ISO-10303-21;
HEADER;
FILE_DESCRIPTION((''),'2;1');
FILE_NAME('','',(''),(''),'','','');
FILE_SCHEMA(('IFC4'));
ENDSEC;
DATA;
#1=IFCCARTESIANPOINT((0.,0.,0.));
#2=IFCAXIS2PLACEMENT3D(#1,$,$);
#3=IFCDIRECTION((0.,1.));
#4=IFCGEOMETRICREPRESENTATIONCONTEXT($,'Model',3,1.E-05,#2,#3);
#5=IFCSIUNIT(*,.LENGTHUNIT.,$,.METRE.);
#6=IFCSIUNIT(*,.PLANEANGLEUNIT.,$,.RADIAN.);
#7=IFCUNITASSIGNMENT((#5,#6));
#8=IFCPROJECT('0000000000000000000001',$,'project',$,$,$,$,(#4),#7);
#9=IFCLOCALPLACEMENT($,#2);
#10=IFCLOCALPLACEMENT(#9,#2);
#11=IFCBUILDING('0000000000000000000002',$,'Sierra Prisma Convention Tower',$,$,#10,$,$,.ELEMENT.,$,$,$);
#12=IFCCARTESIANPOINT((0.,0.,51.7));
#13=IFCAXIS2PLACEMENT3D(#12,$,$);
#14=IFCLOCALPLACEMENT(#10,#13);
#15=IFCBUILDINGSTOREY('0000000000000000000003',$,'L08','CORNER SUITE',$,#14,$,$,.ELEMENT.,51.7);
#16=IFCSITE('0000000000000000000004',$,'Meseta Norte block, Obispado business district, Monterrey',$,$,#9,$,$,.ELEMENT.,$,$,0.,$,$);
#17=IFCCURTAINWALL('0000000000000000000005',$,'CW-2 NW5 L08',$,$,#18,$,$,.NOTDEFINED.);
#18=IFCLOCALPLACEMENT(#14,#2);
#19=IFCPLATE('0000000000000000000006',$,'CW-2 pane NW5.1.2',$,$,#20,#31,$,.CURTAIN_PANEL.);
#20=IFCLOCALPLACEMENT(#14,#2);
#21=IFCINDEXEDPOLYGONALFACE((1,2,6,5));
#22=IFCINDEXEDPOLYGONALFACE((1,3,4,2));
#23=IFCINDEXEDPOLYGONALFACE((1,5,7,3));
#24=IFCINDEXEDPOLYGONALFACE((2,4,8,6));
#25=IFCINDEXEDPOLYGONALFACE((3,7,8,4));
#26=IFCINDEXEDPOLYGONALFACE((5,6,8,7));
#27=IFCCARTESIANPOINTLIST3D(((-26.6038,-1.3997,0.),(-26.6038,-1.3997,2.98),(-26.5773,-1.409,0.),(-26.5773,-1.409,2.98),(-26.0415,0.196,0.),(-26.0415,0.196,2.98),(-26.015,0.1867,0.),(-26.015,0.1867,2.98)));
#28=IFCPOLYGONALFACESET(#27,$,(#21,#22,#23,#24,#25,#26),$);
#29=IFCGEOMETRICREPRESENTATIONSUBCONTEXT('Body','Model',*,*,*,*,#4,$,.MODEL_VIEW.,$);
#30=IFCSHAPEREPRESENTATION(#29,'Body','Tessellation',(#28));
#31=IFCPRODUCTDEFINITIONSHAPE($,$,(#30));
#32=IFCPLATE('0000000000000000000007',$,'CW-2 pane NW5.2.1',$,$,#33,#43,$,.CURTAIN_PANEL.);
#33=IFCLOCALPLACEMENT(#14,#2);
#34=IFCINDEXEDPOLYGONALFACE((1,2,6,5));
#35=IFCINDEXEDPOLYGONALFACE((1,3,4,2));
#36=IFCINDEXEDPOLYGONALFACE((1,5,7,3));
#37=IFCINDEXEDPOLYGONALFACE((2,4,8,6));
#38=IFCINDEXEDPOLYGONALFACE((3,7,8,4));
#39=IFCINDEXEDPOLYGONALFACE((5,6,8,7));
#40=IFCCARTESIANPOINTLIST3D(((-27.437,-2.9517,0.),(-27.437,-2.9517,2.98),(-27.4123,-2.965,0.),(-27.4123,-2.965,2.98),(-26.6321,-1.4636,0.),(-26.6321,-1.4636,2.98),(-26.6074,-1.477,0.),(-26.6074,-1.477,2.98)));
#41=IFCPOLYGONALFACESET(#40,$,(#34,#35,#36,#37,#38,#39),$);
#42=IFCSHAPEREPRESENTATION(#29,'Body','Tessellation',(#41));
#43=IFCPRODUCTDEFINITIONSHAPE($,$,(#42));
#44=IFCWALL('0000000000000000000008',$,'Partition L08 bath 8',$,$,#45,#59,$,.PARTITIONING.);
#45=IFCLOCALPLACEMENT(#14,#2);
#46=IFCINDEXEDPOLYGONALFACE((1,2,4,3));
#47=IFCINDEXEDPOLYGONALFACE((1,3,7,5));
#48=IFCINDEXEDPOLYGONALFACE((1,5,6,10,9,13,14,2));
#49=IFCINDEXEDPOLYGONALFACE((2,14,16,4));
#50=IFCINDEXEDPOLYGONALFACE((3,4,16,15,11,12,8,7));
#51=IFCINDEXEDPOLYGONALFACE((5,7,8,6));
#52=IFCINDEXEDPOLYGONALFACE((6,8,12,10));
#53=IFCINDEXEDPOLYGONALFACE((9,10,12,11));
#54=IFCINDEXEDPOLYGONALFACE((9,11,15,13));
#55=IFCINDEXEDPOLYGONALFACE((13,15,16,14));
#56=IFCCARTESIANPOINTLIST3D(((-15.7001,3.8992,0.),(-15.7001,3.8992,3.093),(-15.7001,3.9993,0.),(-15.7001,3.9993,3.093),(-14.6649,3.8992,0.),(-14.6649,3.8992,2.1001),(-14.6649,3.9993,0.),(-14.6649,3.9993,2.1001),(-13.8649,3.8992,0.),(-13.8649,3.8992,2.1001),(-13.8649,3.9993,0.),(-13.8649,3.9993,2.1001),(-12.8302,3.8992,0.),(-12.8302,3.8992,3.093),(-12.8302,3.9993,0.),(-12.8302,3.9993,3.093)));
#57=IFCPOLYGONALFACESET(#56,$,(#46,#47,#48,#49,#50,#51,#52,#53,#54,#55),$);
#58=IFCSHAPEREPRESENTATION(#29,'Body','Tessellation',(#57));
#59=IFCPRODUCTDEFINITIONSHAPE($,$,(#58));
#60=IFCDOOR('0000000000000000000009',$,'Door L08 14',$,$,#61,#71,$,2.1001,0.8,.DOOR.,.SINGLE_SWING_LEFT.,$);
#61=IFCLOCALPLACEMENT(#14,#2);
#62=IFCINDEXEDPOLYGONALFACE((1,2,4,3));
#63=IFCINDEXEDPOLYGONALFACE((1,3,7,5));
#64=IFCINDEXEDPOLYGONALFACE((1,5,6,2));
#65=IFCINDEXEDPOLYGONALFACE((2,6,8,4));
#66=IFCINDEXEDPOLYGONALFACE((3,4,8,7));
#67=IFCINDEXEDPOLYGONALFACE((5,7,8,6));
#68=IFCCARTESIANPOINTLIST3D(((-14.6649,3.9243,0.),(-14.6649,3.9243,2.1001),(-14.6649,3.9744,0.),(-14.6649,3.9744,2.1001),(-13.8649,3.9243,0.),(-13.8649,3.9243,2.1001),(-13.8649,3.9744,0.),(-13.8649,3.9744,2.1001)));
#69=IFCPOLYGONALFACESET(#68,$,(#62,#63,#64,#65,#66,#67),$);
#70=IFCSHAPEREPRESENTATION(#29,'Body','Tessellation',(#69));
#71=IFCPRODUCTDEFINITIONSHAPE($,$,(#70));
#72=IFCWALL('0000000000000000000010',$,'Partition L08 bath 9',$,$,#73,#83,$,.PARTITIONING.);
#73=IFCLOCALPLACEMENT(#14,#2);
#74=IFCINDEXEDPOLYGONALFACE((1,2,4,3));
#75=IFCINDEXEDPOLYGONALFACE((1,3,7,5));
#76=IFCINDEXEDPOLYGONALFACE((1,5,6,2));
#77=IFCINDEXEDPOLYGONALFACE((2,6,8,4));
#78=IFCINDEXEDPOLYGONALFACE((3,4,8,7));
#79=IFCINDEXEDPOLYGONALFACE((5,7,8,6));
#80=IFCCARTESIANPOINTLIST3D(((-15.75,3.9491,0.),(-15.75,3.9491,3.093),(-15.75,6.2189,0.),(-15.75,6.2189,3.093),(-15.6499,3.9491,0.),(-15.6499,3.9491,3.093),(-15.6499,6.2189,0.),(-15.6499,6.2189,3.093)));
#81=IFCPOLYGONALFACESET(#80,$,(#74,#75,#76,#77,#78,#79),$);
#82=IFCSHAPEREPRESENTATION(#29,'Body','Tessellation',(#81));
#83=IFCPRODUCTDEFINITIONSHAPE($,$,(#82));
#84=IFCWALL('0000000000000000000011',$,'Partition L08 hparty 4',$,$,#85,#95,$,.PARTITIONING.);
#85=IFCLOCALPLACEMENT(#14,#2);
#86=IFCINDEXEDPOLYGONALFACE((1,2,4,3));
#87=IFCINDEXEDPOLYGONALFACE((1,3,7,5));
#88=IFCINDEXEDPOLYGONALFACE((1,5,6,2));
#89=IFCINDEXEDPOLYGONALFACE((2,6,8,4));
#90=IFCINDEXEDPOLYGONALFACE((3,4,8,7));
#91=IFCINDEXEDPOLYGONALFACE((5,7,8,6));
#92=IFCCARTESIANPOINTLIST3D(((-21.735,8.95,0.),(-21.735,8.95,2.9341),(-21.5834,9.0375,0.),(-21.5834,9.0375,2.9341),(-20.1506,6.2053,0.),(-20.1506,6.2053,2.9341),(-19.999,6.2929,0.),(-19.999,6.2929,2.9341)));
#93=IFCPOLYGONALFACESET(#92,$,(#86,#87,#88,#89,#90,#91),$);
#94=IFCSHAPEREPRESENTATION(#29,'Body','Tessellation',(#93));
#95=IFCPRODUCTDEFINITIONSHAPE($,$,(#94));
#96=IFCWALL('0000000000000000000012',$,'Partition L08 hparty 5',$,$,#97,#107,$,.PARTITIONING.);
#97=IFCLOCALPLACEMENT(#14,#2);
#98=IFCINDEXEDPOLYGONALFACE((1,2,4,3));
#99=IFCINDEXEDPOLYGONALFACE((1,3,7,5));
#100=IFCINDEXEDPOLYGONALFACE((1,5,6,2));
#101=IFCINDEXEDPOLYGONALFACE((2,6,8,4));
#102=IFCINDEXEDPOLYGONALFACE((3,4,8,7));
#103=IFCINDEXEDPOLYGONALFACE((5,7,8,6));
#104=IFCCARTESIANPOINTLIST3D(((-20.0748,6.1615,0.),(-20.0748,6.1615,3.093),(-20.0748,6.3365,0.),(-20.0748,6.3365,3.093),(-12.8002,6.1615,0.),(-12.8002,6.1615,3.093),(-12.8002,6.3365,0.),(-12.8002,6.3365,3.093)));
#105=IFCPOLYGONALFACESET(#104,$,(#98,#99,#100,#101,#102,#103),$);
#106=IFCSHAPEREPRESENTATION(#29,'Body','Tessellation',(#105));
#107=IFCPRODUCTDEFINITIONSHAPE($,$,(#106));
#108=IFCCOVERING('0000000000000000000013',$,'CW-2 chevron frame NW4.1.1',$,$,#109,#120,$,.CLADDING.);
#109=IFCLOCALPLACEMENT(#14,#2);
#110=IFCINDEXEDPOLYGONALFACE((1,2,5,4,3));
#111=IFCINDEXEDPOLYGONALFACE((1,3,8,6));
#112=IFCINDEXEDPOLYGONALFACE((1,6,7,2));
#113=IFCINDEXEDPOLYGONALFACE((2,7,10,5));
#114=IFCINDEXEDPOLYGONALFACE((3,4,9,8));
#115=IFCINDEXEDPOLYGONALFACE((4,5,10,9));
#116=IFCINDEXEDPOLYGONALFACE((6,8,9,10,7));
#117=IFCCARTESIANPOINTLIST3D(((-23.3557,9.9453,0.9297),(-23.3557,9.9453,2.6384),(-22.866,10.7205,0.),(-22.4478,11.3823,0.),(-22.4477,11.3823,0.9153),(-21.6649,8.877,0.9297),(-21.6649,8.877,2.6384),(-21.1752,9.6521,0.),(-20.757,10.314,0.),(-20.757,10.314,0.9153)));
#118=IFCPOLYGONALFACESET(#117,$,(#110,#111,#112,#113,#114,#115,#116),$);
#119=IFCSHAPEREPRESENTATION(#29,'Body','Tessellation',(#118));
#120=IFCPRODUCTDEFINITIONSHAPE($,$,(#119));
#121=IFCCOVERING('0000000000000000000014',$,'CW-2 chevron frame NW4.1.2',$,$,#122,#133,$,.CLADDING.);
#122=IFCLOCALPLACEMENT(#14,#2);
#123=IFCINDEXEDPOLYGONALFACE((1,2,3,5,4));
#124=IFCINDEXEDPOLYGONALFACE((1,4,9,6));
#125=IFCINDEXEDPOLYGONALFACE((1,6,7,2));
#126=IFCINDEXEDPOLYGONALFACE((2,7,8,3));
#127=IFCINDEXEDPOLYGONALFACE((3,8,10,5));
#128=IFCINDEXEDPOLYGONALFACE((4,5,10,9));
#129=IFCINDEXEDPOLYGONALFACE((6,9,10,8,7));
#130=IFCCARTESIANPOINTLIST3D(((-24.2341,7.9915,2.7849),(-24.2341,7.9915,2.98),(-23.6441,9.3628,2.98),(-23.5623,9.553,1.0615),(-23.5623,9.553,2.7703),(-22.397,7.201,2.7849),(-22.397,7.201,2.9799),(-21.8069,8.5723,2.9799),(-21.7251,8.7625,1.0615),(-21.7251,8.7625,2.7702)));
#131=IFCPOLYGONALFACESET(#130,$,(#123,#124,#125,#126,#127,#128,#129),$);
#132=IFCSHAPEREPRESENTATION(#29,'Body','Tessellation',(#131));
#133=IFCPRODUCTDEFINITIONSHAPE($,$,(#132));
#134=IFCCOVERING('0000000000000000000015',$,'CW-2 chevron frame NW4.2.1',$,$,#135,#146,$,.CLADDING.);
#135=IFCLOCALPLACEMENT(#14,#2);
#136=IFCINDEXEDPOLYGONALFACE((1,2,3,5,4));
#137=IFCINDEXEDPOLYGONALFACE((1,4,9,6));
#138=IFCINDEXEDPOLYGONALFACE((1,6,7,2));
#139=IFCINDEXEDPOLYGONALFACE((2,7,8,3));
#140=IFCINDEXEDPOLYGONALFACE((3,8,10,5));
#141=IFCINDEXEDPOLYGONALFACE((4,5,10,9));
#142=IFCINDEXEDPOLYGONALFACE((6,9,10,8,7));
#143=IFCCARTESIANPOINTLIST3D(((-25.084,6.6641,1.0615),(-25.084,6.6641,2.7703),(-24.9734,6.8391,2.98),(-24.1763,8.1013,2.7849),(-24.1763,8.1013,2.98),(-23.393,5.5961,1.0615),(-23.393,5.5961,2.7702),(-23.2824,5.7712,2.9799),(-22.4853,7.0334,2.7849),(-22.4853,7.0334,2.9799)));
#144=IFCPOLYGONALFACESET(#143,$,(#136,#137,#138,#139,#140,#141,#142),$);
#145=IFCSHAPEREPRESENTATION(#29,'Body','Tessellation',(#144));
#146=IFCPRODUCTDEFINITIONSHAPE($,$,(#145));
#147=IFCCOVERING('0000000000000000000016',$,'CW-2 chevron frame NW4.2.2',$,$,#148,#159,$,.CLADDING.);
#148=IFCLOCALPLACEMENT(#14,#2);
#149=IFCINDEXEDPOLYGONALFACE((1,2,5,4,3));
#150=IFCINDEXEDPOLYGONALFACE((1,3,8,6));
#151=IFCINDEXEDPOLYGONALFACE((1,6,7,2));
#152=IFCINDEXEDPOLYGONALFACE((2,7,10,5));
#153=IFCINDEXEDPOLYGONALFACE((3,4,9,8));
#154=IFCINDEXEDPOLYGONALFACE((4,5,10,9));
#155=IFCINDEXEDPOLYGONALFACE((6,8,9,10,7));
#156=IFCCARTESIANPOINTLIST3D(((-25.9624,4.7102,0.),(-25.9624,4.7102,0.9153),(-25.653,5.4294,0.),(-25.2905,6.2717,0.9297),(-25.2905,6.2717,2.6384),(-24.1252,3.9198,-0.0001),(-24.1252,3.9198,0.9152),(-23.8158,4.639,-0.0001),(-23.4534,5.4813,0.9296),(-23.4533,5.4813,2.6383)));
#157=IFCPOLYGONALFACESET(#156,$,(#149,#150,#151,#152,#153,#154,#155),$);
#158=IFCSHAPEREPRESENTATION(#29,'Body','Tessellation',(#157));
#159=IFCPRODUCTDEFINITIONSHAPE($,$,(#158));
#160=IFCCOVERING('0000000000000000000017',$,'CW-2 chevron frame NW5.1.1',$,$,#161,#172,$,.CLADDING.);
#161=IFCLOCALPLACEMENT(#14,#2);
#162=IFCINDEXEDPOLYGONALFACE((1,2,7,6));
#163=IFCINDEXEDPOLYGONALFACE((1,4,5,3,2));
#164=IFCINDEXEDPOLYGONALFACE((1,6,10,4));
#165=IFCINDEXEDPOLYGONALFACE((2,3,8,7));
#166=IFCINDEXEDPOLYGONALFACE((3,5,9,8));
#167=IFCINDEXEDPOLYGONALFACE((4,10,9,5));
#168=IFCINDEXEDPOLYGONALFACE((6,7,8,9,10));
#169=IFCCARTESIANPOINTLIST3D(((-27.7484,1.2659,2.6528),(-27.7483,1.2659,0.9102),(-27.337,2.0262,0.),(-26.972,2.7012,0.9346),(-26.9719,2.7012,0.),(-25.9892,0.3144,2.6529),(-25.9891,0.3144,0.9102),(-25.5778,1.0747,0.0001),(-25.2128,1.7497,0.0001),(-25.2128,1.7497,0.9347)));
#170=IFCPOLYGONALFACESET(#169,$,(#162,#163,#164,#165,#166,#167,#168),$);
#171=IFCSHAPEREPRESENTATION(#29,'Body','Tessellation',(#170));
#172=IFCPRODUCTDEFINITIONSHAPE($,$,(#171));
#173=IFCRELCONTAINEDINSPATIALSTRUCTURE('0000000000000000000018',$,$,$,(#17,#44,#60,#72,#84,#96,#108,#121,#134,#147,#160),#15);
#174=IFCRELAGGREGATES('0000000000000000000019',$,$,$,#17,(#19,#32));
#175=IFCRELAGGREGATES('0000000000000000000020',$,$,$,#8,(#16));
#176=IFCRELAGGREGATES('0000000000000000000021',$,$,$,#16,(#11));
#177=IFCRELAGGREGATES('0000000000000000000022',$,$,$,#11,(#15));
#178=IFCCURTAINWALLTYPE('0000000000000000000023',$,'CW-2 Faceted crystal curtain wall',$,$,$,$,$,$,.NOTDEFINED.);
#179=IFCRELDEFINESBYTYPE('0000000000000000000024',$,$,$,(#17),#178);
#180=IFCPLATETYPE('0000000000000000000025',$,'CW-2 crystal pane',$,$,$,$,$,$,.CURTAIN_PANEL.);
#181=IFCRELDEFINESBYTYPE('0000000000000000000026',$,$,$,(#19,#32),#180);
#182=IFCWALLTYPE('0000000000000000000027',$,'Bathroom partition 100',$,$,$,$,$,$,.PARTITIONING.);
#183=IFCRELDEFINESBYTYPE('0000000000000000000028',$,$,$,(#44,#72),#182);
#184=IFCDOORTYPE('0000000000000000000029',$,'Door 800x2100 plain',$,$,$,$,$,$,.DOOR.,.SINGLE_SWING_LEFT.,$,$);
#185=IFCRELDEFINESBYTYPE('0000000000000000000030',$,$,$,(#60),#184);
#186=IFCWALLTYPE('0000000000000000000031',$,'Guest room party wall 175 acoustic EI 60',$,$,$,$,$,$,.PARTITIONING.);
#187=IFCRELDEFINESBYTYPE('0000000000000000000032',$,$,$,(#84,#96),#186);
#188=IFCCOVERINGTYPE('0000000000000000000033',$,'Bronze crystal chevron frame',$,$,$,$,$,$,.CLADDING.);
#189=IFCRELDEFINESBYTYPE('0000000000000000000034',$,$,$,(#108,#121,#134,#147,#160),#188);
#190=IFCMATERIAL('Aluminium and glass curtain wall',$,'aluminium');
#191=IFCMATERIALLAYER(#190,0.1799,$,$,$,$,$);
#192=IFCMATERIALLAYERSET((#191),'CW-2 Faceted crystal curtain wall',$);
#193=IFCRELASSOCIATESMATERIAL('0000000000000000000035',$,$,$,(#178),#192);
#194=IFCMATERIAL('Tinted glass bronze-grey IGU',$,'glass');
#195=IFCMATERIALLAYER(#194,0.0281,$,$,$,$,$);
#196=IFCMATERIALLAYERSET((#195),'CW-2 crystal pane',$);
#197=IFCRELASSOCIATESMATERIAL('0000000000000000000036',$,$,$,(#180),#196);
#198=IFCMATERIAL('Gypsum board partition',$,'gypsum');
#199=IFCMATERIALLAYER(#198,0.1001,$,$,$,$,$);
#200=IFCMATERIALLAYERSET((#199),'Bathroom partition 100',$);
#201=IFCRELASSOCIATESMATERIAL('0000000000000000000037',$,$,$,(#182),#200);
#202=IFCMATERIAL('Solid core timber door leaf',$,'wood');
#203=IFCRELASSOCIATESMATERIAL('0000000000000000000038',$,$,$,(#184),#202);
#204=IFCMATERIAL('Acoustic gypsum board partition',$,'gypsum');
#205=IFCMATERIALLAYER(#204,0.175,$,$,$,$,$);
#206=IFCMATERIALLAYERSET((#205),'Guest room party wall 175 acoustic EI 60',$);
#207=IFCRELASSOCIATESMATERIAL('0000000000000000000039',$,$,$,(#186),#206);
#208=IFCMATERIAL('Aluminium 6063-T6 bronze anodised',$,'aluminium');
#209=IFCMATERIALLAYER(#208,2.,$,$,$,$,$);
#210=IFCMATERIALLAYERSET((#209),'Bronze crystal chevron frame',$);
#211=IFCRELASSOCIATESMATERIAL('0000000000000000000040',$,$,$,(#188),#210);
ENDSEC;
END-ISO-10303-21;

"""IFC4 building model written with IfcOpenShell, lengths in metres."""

from ifc_helpers import new_model, si_unit, direction, frame, frame_2d, origin, place, context, subcontext, project, spatial, polyline, rectangle, outline, extrude, material, layer, layer_set, type_object, element, fill, aggregate, save


model = new_model("IFC4")

# Units and contexts
model_context = context("Model", 3, precision=1e-05, world=origin(), true_north=direction((0.0, 1.0)))
body_context = subcontext(model_context, "Body", "Model", "MODEL_VIEW")
ifc_project = project(units=[si_unit("LENGTHUNIT", "METRE"), si_unit("PLANEANGLEUNIT", "RADIAN")], contexts=[model_context])

# Site, building, storey
site_placement = place(None, origin())
site = spatial("IfcSite", under=ifc_project, at=site_placement, Name="Meseta Norte block, Obispado business district, Monterrey", CompositionType="ELEMENT", RefElevation=0.0)
building_placement = place(site_placement, origin())
building = spatial("IfcBuilding", under=site, at=building_placement, Name="Sierra Prisma Convention Tower", CompositionType="ELEMENT")
storey_placement = place(building_placement, frame((0.0, 0.0, 51.7)))
storey = spatial("IfcBuildingStorey", under=building, at=storey_placement, Name="L08", Description="CORNER SUITE", CompositionType="ELEMENT", Elevation=51.7)

# Shared definitions
ifc_material_1 = material(Name="Aluminium and glass curtain wall", Category="aluminium")
ifc_layer_1 = layer(ifc_material_1, 0.1799)
ifc_layer_set_1 = layer_set([ifc_layer_1], Name="CW-2 Faceted crystal curtain wall")
curtain_wall_type = type_object("IfcCurtainWallType", Name="CW-2 Faceted crystal curtain wall", PredefinedType="NOTDEFINED", material=ifc_layer_set_1)

# Curtain wall
curtain_wall_1_placement = place(storey_placement, origin())
curtain_wall_1 = element("IfcCurtainWall", 1, at=curtain_wall_1_placement, inside=storey, type_object=curtain_wall_type, Name="CW-2 NW5 L08", PredefinedType="NOTDEFINED")

# Plates
ifc_material_2 = material(Name="Tinted glass bronze-grey IGU", Category="glass")
ifc_layer_2 = layer(ifc_material_2, 0.0281)
ifc_layer_set_2 = layer_set([ifc_layer_2], Name="CW-2 crystal pane")
plate_type = type_object("IfcPlateType", Name="CW-2 crystal pane", PredefinedType="CURTAIN_PANEL", material=ifc_layer_set_2)
plate_1_placement = place(storey_placement, frame((-26.6038, -1.3997, 0.0), z_axis=(-0.943163, 0.332329, 0.0), x_axis=(0.332329, 0.943163, 0.0)))
plate_1 = element("IfcPlate", 2, at=plate_1_placement, type_object=plate_type, Name="CW-2 pane NW5.1.2", PredefinedType="CURTAIN_PANEL", context=body_context, shape_type="SweptSolid", body=[
    extrude(outline(polyline([(0.0, 0.0), (1.6919, 0.0), (1.6919, -2.98), (0.0, -2.98), (0.0, 0.0)])), origin(), (0.0, 0.0, -1.0), 0.0281),
])
plate_2_placement = place(storey_placement, frame((-26.6321, -1.4636, 0.0), z_axis=(-0.879561, 0.475786, 0.0), x_axis=(-0.475786, -0.879561, 0.0)))
plate_2 = element("IfcPlate", 3, at=plate_2_placement, type_object=plate_type, Name="CW-2 pane NW5.2.1", PredefinedType="CURTAIN_PANEL", context=body_context, shape_type="SweptSolid", body=[
    extrude(outline(polyline([(0.0, 0.0), (1.6918, 0.0), (1.6918, 2.98), (0.0, 2.98), (0.0, 0.0)])), origin(), (0.0, 0.0, -1.0), 0.0281),
])
aggregate(curtain_wall_1, [plate_1, plate_2])

# Wall, opening, door
ifc_material_3 = material(Name="Gypsum board partition", Category="gypsum")
ifc_layer_3 = layer(ifc_material_3, 0.1001)
ifc_layer_set_3 = layer_set([ifc_layer_3], Name="Bathroom partition 100")
wall_type_1 = type_object("IfcWallType", Name="Bathroom partition 100", PredefinedType="PARTITIONING", material=ifc_layer_set_3)
wall_1_placement = place(storey_placement, frame((-12.8301, 3.9492, 0.0), z_axis=(0.0, 0.0, 1.0), x_axis=(-1.0, 0.0, 0.0)))
wall_1 = element("IfcWall", 4, at=wall_1_placement, inside=storey, type_object=wall_type_1, Name="Partition L08 bath 8", PredefinedType="PARTITIONING", context=body_context, shape_type="SweptSolid", body=[
    extrude(rectangle(XDim=2.8699, YDim=0.1001, at=frame_2d((1.4351, 0.0))), origin(), (0.0, 0.0, 1.0), 3.093),
])
opening_placement = place(wall_1_placement, frame((1.0349, 0.0, 0.0)))
opening = element("IfcOpeningElement", 5, at=opening_placement, cuts=wall_1, PredefinedType="OPENING", context=body_context, shape_type="SweptSolid", body=[
    extrude(rectangle(XDim=0.8, YDim=2.1001, at=frame_2d((0.3999, 1.05))), frame((0.0, 0.05, 0.0), z_axis=(0.0, -1.0, 0.0), x_axis=(1.0, 0.0, 0.0)), (0.0, 0.0, 1.0), 0.1001),
])
ifc_material_4 = material(Name="Solid core timber door leaf", Category="wood")
door_type = type_object("IfcDoorType", Name="Door 800x2100 plain", OperationType="SINGLE_SWING_LEFT", PredefinedType="DOOR", material=ifc_material_4)
door_placement = place(opening_placement, origin())
door = element("IfcDoor", 6, at=door_placement, inside=storey, type_object=door_type, Name="Door L08 14", OperationType="SINGLE_SWING_LEFT", OverallHeight=2.1001, OverallWidth=0.8, PredefinedType="DOOR", context=body_context, shape_type="SweptSolid", body=[
    extrude(rectangle(XDim=0.8, YDim=2.1001, at=frame_2d((0.3999, 1.05))), frame((0.0, 0.0249, 0.0), z_axis=(0.0, -1.0, 0.0), x_axis=(1.0, 0.0, 0.0)), (0.0, 0.0, 1.0), 0.05),
])
fill(opening, door)

# Walls
wall_2_placement = place(storey_placement, frame((-15.7, 3.9492, 0.0), z_axis=(0.0, 0.0, 1.0), x_axis=(0.0, 1.0, 0.0)))
element("IfcWall", 7, at=wall_2_placement, inside=storey, type_object=wall_type_1, Name="Partition L08 bath 9", PredefinedType="PARTITIONING", context=body_context, shape_type="SweptSolid", body=[
    extrude(rectangle(XDim=2.2698, YDim=0.1001, at=frame_2d((1.1348, 0.0))), origin(), (0.0, 0.0, 1.0), 3.093),
])
ifc_material_5 = material(Name="Acoustic gypsum board partition", Category="gypsum")
ifc_layer_4 = layer(ifc_material_5, 0.175)
ifc_layer_set_4 = layer_set([ifc_layer_4], Name="Guest room party wall 175 acoustic EI 60")
wall_type_2 = type_object("IfcWallType", Name="Guest room party wall 175 acoustic EI 60", PredefinedType="PARTITIONING", material=ifc_layer_set_4)
wall_3_placement = place(storey_placement, frame((-21.6592, 8.9937, 0.0), z_axis=(0.0, 0.0, 1.0), x_axis=(0.499967, -0.866044, 0.0)))
element("IfcWall", 8, at=wall_3_placement, inside=storey, type_object=wall_type_2, Name="Partition L08 hparty 4", PredefinedType="PARTITIONING", context=body_context, shape_type="SweptSolid", body=[
    extrude(rectangle(XDim=3.1692, YDim=0.175, at=frame_2d((1.5845, 0.0))), origin(), (0.0, 0.0, 1.0), 2.9341),
])
wall_4_placement = place(storey_placement, frame((-20.0747, 6.249, 0.0), z_axis=(0.0, 0.0, 1.0), x_axis=(1.0, 0.0, 0.0)))
element("IfcWall", 9, at=wall_4_placement, inside=storey, type_object=wall_type_2, Name="Partition L08 hparty 5", PredefinedType="PARTITIONING", context=body_context, shape_type="SweptSolid", body=[
    extrude(rectangle(XDim=7.2747, YDim=0.175, at=frame_2d((3.6372, 0.0))), origin(), (0.0, 0.0, 1.0), 3.093),
])

# Coverings
ifc_material_6 = material(Name="Aluminium 6063-T6 bronze anodised", Category="aluminium")
ifc_layer_5 = layer(ifc_material_6, 2.0)
ifc_layer_set_5 = layer_set([ifc_layer_5], Name="Bronze crystal chevron frame")
covering_type = type_object("IfcCoveringType", Name="Bronze crystal chevron frame", PredefinedType="CLADDING", material=ifc_layer_set_5)
covering_1_placement = place(storey_placement, frame((-22.4478, 11.3823, 0.0), z_axis=(-0.845388, 0.534152, 0.000006), x_axis=(-0.534152, -0.845388, 0.0)))
element("IfcCovering", 10, at=covering_1_placement, inside=storey, type_object=covering_type, Name="CW-2 chevron frame NW4.1.1", PredefinedType="CLADDING", context=body_context, shape_type="SweptSolid", body=[
    extrude(outline(polyline([(0.0, 0.0), (0.7829, 0.0), (1.6998, 0.9297), (1.6998, 2.6384), (0.0, 0.9153), (0.0, 0.0)])), origin(), (0.0, 0.0, -1.0), 2.0),
])
covering_2_placement = place(storey_placement, frame((-23.5623, 9.553, 2.7703), z_axis=(-0.918579, 0.395238, 0.000019), x_axis=(-0.000018, 0.000008, -1.0)))
element("IfcCovering", 11, at=covering_2_placement, inside=storey, type_object=covering_type, Name="CW-2 chevron frame NW4.1.2", PredefinedType="CLADDING", context=body_context, shape_type="SweptSolid", body=[
    extrude(outline(polyline([(0.0, 0.0), (1.7087, 0.0), (-0.0146, 1.6999), (-0.2097, 1.6999), (-0.2097, 0.207), (0.0, 0.0)])), origin(), (0.0, 0.0, -1.0), 2.0),
])
covering_3_placement = place(storey_placement, frame((-24.1763, 8.1013, 2.98), z_axis=(-0.845497, 0.53398, 0.000017), x_axis=(-0.000014, 0.000009, -1.0)))
element("IfcCovering", 12, at=covering_3_placement, inside=storey, type_object=covering_type, Name="CW-2 chevron frame NW4.2.1", PredefinedType="CLADDING", context=body_context, shape_type="SweptSolid", body=[
    extrude(outline(polyline([(0.0, 0.0), (0.1951, 0.0), (1.9185, 1.6999), (0.2097, 1.6999), (0.0, 1.4928), (0.0, 0.0)])), origin(), (0.0, 0.0, -1.0), 2.0),
])
covering_4_placement = place(storey_placement, frame((-25.9624, 4.7102, 0.0), z_axis=(-0.918589, 0.395215, 0.000042), x_axis=(0.000039, -0.000017, 1.0)))
element("IfcCovering", 13, at=covering_4_placement, inside=storey, type_object=covering_type, Name="CW-2 chevron frame NW4.2.2", PredefinedType="CLADDING", context=body_context, shape_type="SweptSolid", body=[
    extrude(outline(polyline([(0.0, 0.0), (0.9153, 0.0), (2.6384, 1.6999), (0.9297, 1.6999), (0.0, 0.7829), (0.0, 0.0)])), origin(), (0.0, 0.0, -1.0), 2.0),
])
covering_5_placement = place(storey_placement, frame((-26.9719, 2.7012, 0.0), z_axis=(-0.879582, 0.475747, -0.000042), x_axis=(-0.475747, -0.879582, 0.0)))
element("IfcCovering", 14, at=covering_5_placement, inside=storey, type_object=covering_type, Name="CW-2 chevron frame NW5.1.1", PredefinedType="CLADDING", context=body_context, shape_type="SweptSolid", body=[
    extrude(outline(polyline([(0.0, 0.0), (0.7674, 0.0), (1.6318, 0.9102), (1.6318, 2.6528), (0.0, 0.9346), (0.0, 0.0)])), origin(), (0.0, 0.0, -1.0), 2.0),
])

save(model, "model.ifc")
